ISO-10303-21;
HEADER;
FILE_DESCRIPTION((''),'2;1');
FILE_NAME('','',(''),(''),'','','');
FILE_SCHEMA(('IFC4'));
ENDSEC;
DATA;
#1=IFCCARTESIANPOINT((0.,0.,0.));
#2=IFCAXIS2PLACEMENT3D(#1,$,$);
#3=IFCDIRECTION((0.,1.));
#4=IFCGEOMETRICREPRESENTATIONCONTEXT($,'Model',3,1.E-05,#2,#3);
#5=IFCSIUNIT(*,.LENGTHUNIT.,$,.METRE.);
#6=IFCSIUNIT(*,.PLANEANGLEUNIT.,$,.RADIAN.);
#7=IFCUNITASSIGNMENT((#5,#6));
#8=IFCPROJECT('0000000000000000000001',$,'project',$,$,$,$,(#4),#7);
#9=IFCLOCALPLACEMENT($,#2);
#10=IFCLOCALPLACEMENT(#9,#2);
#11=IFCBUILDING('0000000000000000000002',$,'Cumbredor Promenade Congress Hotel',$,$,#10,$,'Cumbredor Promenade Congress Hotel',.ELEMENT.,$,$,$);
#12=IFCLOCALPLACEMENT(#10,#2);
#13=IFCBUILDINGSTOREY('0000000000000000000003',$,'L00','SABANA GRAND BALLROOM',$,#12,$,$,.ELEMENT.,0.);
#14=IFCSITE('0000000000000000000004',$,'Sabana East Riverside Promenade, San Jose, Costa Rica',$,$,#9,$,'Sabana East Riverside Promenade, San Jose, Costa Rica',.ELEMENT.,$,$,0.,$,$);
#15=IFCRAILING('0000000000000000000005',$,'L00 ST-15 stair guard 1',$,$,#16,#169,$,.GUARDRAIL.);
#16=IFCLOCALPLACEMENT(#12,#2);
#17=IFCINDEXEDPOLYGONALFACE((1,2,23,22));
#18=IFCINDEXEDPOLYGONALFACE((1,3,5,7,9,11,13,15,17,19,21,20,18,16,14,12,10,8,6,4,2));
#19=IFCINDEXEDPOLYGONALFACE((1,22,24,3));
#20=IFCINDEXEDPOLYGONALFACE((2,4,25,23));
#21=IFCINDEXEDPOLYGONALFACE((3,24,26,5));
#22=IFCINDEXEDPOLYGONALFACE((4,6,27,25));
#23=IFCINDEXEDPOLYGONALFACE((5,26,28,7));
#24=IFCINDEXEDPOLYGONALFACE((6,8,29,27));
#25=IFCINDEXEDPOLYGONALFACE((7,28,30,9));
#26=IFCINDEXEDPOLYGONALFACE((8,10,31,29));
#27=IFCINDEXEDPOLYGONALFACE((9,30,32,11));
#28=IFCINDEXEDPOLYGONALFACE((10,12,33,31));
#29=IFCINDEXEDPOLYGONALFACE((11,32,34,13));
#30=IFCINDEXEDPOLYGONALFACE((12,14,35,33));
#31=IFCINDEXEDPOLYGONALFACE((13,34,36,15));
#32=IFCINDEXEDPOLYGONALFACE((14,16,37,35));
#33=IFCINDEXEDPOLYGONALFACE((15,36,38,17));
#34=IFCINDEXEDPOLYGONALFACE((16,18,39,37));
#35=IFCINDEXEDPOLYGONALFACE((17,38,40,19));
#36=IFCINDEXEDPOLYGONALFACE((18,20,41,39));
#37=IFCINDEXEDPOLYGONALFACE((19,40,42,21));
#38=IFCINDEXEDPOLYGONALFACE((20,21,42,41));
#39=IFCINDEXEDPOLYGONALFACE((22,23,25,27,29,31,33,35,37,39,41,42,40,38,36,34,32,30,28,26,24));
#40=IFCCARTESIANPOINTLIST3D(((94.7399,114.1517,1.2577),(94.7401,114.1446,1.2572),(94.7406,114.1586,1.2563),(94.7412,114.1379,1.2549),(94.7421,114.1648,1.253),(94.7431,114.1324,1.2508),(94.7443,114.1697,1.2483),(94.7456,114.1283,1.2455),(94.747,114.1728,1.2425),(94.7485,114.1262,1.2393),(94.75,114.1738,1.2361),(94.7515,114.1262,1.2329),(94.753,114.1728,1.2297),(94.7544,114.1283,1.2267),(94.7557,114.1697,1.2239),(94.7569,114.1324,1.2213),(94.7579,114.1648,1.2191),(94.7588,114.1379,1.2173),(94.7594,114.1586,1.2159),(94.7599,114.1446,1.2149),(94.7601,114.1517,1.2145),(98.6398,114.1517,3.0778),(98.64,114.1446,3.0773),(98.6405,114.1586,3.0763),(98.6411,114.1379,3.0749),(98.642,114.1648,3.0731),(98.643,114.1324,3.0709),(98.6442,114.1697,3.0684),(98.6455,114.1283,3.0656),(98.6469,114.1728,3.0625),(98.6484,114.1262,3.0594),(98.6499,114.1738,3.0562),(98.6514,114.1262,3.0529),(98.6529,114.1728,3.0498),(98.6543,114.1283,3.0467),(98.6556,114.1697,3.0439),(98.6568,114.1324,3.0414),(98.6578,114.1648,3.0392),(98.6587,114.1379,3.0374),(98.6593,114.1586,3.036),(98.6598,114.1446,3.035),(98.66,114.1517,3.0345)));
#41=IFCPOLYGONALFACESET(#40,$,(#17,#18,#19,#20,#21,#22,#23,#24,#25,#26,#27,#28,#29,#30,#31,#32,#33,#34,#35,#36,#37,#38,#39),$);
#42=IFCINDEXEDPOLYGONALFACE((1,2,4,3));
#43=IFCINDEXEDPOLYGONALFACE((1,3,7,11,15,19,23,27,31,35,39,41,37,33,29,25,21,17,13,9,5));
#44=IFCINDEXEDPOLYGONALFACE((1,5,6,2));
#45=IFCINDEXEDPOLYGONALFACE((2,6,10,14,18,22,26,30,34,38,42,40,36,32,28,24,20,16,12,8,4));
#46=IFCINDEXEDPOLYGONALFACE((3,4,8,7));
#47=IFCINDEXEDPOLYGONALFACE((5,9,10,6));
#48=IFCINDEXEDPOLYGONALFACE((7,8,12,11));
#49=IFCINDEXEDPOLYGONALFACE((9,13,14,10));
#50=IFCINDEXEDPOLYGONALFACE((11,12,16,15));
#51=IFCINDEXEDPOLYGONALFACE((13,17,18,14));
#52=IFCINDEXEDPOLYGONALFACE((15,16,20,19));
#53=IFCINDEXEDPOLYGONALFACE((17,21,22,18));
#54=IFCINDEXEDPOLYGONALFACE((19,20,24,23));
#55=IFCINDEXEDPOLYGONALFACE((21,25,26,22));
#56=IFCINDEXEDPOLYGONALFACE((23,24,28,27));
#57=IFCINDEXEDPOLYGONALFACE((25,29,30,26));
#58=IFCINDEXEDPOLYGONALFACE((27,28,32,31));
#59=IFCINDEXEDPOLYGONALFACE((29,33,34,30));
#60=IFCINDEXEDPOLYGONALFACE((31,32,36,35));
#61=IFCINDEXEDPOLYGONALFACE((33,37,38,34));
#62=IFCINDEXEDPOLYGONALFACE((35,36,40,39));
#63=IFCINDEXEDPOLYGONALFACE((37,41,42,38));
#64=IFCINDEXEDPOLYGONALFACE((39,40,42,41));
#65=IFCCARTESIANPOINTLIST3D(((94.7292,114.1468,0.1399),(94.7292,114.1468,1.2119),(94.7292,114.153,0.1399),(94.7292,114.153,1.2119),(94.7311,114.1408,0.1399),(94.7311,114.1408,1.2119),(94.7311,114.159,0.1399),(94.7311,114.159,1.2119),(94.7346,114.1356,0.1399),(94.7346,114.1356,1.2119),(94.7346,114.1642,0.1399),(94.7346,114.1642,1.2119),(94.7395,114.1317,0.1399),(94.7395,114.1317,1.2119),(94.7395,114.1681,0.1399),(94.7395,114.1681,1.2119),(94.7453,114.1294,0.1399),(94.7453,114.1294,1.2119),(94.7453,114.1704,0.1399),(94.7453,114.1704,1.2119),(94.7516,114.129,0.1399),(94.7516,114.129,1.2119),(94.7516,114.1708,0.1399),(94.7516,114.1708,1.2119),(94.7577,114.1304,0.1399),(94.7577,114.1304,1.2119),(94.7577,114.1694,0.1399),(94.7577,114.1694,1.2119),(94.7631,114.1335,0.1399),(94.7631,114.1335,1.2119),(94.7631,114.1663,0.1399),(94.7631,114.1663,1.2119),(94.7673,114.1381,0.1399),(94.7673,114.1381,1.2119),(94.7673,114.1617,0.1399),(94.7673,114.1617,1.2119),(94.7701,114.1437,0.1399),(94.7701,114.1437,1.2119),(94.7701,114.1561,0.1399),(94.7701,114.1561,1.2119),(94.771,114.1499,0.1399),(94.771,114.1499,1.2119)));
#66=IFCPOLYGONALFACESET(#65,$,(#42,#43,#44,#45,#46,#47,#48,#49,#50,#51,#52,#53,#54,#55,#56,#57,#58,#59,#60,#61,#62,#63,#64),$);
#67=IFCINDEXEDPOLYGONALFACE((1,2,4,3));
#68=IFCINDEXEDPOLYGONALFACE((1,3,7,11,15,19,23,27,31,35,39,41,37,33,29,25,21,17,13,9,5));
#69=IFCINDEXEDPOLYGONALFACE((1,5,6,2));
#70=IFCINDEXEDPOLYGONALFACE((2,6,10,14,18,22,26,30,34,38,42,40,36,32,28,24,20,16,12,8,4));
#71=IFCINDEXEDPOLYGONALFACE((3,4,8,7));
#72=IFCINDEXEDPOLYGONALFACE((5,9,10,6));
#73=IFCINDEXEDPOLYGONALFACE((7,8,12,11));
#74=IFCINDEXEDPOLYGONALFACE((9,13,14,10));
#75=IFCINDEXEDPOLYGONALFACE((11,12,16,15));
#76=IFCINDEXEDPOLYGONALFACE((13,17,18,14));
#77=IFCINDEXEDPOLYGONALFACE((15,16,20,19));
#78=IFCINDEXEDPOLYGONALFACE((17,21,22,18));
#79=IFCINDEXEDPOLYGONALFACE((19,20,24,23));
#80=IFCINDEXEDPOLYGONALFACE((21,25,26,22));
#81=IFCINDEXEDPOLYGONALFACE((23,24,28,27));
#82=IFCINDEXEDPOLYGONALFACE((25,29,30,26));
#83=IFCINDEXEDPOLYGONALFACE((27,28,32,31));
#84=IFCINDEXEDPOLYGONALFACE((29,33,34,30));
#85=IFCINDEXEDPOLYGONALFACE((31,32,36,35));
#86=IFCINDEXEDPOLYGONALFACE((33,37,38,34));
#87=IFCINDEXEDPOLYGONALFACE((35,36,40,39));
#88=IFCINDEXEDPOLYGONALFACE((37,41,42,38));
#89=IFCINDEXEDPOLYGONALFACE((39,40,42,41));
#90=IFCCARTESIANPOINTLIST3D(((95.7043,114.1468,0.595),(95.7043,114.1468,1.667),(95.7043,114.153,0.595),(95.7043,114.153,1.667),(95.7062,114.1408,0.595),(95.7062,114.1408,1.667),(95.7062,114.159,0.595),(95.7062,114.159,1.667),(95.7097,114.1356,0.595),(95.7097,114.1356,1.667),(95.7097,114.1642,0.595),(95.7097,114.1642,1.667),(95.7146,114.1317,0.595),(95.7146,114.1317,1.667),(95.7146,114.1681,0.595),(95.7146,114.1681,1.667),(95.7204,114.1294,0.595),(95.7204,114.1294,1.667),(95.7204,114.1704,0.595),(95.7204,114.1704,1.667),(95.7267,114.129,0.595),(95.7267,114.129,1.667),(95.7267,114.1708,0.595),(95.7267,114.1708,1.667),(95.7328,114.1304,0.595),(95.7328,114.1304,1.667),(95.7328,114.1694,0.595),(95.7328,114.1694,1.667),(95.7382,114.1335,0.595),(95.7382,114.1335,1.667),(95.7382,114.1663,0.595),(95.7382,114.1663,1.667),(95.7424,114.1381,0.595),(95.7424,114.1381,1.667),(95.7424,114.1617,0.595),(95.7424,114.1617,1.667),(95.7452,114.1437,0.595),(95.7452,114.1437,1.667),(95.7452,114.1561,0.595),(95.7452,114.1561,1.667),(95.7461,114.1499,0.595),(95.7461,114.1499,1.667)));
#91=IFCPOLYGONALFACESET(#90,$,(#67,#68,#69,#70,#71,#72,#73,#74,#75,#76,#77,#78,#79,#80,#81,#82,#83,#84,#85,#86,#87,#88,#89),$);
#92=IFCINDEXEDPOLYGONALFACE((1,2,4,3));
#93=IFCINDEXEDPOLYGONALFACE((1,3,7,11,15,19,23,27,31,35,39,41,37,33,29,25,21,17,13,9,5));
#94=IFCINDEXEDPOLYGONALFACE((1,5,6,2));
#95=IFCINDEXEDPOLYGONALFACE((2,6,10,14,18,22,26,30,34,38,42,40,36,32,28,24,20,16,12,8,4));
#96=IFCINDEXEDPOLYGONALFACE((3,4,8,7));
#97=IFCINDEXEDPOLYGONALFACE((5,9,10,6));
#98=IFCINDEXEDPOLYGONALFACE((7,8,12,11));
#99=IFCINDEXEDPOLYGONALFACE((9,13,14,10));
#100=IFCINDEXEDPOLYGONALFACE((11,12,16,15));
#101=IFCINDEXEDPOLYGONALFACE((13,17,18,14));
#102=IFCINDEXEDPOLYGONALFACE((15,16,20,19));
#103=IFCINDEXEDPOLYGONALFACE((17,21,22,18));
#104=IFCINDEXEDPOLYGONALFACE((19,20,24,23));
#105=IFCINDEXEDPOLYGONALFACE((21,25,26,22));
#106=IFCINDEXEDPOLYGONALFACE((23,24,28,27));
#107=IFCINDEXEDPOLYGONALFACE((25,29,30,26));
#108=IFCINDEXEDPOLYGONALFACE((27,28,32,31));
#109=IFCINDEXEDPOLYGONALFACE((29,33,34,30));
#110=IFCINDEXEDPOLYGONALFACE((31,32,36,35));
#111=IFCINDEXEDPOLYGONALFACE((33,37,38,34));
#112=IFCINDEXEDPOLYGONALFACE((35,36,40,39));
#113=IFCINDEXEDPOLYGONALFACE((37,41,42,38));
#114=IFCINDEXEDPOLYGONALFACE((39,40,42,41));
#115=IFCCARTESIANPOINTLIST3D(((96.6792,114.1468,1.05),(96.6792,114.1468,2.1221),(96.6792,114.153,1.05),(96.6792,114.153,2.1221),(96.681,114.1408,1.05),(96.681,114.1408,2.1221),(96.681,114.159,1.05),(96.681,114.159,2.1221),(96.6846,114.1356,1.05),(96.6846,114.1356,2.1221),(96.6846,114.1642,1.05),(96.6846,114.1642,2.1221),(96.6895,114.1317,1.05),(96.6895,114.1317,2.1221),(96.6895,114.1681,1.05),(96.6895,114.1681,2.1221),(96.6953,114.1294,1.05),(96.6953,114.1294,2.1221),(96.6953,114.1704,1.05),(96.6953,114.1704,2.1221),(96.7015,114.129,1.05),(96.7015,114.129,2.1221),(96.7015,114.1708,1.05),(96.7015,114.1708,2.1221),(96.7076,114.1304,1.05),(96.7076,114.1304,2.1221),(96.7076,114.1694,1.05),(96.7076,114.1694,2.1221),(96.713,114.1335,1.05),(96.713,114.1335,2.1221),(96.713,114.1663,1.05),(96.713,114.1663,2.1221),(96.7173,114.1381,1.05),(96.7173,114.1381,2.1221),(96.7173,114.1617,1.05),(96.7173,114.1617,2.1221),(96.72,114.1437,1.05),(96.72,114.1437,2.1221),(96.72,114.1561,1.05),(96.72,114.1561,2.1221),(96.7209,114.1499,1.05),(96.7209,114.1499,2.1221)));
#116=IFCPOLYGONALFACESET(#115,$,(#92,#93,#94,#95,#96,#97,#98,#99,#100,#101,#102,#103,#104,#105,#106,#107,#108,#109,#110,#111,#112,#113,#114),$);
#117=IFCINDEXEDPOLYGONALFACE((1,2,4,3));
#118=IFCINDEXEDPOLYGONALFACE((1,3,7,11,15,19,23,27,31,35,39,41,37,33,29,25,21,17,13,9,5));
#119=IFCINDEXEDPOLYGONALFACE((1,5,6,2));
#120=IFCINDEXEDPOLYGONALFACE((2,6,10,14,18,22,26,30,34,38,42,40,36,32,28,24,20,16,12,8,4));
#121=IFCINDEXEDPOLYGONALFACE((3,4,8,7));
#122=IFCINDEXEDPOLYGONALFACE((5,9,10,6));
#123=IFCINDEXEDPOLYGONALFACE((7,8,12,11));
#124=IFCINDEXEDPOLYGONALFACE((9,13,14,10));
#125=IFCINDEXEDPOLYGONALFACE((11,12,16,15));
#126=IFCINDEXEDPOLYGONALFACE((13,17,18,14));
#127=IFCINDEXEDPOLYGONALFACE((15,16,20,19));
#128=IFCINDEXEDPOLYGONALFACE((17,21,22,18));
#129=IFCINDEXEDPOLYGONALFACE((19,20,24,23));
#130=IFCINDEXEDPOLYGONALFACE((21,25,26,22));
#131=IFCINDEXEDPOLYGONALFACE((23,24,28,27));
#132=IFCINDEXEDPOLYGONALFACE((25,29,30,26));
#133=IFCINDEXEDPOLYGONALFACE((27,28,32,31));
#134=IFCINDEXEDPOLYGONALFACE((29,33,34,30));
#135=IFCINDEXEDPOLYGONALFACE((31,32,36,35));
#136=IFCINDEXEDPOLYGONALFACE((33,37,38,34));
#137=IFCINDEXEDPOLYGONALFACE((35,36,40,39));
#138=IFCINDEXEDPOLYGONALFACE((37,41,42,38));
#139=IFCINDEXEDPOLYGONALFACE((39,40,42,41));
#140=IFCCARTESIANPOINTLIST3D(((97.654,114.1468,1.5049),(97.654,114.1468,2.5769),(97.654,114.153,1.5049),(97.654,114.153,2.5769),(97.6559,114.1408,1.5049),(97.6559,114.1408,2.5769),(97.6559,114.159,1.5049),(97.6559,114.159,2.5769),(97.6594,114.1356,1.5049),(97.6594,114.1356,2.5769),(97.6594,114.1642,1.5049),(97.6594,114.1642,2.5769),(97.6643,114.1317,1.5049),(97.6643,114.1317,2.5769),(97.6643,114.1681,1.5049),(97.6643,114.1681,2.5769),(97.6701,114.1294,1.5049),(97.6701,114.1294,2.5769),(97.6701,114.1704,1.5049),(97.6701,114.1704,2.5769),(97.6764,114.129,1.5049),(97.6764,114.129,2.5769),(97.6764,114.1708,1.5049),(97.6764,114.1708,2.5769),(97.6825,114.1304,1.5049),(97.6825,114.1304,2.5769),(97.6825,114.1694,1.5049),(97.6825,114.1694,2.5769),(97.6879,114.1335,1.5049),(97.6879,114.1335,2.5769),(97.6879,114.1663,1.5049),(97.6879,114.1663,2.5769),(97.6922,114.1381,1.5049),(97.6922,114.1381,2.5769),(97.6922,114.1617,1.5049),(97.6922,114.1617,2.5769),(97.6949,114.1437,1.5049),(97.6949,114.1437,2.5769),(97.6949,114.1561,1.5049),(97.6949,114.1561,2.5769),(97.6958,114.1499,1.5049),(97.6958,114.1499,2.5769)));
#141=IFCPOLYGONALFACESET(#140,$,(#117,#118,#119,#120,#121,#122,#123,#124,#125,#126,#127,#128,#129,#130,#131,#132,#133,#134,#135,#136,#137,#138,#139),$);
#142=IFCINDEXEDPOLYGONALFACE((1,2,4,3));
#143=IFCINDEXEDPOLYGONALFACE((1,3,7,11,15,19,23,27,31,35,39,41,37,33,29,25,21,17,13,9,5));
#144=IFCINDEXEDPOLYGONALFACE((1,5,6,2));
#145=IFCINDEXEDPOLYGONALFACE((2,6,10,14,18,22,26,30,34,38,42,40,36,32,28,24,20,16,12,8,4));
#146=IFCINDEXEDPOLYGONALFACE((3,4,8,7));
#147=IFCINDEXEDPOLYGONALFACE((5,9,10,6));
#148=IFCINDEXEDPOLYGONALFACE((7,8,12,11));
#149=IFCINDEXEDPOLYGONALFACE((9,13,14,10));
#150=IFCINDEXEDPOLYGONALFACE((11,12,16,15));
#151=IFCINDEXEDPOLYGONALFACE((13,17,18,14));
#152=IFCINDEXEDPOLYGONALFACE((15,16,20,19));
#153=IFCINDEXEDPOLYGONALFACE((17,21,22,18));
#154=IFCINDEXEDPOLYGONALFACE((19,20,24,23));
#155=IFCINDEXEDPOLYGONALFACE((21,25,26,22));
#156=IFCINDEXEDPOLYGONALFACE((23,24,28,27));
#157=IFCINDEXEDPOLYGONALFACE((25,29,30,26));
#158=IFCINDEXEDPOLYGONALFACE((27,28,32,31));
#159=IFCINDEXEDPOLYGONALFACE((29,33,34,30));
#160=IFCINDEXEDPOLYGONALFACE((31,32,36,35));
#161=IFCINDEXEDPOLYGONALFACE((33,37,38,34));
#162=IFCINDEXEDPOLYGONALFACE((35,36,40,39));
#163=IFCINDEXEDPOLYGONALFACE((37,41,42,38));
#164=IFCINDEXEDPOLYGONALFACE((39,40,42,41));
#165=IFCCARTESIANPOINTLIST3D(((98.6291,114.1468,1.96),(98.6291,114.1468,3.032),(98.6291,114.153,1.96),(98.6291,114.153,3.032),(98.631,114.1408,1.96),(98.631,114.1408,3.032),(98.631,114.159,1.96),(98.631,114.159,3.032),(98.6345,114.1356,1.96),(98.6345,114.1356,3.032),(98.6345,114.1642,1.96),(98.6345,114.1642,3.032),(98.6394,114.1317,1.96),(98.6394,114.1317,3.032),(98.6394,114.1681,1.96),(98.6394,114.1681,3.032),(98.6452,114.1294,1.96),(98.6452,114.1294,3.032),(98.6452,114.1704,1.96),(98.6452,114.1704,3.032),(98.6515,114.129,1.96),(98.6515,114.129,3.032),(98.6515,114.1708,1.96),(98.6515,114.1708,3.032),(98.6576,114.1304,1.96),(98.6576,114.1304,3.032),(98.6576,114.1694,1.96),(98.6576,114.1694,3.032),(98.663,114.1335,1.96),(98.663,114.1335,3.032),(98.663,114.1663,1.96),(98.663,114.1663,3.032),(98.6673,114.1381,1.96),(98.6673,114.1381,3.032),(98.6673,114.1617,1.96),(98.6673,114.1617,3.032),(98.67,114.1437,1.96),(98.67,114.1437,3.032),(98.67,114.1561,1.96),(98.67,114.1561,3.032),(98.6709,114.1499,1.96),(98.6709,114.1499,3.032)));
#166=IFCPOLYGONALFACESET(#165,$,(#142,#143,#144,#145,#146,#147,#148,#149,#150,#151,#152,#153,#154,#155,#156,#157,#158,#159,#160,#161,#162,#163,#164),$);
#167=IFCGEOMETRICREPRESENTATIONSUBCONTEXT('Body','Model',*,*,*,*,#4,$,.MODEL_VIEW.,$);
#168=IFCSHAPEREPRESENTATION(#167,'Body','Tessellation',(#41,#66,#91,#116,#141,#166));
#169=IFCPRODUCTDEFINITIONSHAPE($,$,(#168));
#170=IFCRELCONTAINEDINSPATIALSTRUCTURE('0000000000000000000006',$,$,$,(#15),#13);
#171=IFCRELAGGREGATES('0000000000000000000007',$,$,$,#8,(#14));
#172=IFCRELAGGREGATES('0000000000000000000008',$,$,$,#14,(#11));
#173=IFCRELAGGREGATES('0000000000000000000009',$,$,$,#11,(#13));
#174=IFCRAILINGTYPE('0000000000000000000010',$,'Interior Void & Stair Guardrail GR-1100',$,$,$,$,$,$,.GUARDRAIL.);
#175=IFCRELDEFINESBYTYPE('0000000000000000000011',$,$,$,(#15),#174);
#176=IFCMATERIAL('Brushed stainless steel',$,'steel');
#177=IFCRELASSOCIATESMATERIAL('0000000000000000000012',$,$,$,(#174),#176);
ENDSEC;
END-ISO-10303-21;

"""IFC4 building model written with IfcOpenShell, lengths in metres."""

from ifc_helpers import new_model, si_unit, direction, frame, origin, origin_2d, place, context, subcontext, project, spatial, circle, extrude, material, type_object, element, save


model = new_model("IFC4")

# Units and contexts
model_context = context("Model", 3, precision=1e-05, world=origin(), true_north=direction((0.0, 1.0)))
body_context = subcontext(model_context, "Body", "Model", "MODEL_VIEW")
ifc_project = project(units=[si_unit("LENGTHUNIT", "METRE"), si_unit("PLANEANGLEUNIT", "RADIAN")], contexts=[model_context])

# Site, building, storey
site_placement = place(None, origin())
site = spatial("IfcSite", under=ifc_project, at=site_placement, Name="Sabana East Riverside Promenade, San Jose, Costa Rica", LongName="Sabana East Riverside Promenade, San Jose, Costa Rica", CompositionType="ELEMENT", RefElevation=0.0)
building_placement = place(site_placement, origin())
building = spatial("IfcBuilding", under=site, at=building_placement, Name="Cumbredor Promenade Congress Hotel", LongName="Cumbredor Promenade Congress Hotel", CompositionType="ELEMENT")
storey_placement = place(building_placement, origin())
storey = spatial("IfcBuildingStorey", under=building, at=storey_placement, Name="L00", Description="SABANA GRAND BALLROOM", CompositionType="ELEMENT", Elevation=0.0)

# Railing
ifc_material_1 = material(Name="Brushed stainless steel", Category="steel")
railing_type_1 = type_object("IfcRailingType", Name="Interior Void & Stair Guardrail GR-1100", PredefinedType="GUARDRAIL", material=ifc_material_1)
railing_1_placement = place(storey_placement, frame((94.75, 114.1499, 0.1399)))
element("IfcRailing", 1, at=railing_1_placement, inside=storey, type_object=railing_type_1, Name="L00 ST-15 stair guard 1", PredefinedType="GUARDRAIL", context=body_context, shape_type="SweptSolid", body=[
    extrude(circle(Radius=0.0239, at=origin_2d()), frame((0.0, 0.0, 1.0962), z_axis=(0.906173, 0.0, 0.422907), x_axis=(0.0, 1.0, 0.0)), (0.0, 0.0, 1.0), 4.3037),
    extrude(circle(Radius=0.021, at=origin_2d()), origin(), (0.0, 0.0, 1.0), 1.072),
    extrude(circle(Radius=0.021, at=origin_2d()), frame((0.9751, 0.0, 0.4551)), (0.0, 0.0, 1.0), 1.072),
    extrude(circle(Radius=0.021, at=origin_2d()), frame((1.95, 0.0, 0.9102)), (0.0, 0.0, 1.0), 1.072),
    extrude(circle(Radius=0.021, at=origin_2d()), frame((2.9248, 0.0, 1.365)), (0.0, 0.0, 1.0), 1.072),
    extrude(circle(Radius=0.021, at=origin_2d()), frame((3.8999, 0.0, 1.8201)), (0.0, 0.0, 1.0), 1.072),
])

save(model, "model.ifc")
